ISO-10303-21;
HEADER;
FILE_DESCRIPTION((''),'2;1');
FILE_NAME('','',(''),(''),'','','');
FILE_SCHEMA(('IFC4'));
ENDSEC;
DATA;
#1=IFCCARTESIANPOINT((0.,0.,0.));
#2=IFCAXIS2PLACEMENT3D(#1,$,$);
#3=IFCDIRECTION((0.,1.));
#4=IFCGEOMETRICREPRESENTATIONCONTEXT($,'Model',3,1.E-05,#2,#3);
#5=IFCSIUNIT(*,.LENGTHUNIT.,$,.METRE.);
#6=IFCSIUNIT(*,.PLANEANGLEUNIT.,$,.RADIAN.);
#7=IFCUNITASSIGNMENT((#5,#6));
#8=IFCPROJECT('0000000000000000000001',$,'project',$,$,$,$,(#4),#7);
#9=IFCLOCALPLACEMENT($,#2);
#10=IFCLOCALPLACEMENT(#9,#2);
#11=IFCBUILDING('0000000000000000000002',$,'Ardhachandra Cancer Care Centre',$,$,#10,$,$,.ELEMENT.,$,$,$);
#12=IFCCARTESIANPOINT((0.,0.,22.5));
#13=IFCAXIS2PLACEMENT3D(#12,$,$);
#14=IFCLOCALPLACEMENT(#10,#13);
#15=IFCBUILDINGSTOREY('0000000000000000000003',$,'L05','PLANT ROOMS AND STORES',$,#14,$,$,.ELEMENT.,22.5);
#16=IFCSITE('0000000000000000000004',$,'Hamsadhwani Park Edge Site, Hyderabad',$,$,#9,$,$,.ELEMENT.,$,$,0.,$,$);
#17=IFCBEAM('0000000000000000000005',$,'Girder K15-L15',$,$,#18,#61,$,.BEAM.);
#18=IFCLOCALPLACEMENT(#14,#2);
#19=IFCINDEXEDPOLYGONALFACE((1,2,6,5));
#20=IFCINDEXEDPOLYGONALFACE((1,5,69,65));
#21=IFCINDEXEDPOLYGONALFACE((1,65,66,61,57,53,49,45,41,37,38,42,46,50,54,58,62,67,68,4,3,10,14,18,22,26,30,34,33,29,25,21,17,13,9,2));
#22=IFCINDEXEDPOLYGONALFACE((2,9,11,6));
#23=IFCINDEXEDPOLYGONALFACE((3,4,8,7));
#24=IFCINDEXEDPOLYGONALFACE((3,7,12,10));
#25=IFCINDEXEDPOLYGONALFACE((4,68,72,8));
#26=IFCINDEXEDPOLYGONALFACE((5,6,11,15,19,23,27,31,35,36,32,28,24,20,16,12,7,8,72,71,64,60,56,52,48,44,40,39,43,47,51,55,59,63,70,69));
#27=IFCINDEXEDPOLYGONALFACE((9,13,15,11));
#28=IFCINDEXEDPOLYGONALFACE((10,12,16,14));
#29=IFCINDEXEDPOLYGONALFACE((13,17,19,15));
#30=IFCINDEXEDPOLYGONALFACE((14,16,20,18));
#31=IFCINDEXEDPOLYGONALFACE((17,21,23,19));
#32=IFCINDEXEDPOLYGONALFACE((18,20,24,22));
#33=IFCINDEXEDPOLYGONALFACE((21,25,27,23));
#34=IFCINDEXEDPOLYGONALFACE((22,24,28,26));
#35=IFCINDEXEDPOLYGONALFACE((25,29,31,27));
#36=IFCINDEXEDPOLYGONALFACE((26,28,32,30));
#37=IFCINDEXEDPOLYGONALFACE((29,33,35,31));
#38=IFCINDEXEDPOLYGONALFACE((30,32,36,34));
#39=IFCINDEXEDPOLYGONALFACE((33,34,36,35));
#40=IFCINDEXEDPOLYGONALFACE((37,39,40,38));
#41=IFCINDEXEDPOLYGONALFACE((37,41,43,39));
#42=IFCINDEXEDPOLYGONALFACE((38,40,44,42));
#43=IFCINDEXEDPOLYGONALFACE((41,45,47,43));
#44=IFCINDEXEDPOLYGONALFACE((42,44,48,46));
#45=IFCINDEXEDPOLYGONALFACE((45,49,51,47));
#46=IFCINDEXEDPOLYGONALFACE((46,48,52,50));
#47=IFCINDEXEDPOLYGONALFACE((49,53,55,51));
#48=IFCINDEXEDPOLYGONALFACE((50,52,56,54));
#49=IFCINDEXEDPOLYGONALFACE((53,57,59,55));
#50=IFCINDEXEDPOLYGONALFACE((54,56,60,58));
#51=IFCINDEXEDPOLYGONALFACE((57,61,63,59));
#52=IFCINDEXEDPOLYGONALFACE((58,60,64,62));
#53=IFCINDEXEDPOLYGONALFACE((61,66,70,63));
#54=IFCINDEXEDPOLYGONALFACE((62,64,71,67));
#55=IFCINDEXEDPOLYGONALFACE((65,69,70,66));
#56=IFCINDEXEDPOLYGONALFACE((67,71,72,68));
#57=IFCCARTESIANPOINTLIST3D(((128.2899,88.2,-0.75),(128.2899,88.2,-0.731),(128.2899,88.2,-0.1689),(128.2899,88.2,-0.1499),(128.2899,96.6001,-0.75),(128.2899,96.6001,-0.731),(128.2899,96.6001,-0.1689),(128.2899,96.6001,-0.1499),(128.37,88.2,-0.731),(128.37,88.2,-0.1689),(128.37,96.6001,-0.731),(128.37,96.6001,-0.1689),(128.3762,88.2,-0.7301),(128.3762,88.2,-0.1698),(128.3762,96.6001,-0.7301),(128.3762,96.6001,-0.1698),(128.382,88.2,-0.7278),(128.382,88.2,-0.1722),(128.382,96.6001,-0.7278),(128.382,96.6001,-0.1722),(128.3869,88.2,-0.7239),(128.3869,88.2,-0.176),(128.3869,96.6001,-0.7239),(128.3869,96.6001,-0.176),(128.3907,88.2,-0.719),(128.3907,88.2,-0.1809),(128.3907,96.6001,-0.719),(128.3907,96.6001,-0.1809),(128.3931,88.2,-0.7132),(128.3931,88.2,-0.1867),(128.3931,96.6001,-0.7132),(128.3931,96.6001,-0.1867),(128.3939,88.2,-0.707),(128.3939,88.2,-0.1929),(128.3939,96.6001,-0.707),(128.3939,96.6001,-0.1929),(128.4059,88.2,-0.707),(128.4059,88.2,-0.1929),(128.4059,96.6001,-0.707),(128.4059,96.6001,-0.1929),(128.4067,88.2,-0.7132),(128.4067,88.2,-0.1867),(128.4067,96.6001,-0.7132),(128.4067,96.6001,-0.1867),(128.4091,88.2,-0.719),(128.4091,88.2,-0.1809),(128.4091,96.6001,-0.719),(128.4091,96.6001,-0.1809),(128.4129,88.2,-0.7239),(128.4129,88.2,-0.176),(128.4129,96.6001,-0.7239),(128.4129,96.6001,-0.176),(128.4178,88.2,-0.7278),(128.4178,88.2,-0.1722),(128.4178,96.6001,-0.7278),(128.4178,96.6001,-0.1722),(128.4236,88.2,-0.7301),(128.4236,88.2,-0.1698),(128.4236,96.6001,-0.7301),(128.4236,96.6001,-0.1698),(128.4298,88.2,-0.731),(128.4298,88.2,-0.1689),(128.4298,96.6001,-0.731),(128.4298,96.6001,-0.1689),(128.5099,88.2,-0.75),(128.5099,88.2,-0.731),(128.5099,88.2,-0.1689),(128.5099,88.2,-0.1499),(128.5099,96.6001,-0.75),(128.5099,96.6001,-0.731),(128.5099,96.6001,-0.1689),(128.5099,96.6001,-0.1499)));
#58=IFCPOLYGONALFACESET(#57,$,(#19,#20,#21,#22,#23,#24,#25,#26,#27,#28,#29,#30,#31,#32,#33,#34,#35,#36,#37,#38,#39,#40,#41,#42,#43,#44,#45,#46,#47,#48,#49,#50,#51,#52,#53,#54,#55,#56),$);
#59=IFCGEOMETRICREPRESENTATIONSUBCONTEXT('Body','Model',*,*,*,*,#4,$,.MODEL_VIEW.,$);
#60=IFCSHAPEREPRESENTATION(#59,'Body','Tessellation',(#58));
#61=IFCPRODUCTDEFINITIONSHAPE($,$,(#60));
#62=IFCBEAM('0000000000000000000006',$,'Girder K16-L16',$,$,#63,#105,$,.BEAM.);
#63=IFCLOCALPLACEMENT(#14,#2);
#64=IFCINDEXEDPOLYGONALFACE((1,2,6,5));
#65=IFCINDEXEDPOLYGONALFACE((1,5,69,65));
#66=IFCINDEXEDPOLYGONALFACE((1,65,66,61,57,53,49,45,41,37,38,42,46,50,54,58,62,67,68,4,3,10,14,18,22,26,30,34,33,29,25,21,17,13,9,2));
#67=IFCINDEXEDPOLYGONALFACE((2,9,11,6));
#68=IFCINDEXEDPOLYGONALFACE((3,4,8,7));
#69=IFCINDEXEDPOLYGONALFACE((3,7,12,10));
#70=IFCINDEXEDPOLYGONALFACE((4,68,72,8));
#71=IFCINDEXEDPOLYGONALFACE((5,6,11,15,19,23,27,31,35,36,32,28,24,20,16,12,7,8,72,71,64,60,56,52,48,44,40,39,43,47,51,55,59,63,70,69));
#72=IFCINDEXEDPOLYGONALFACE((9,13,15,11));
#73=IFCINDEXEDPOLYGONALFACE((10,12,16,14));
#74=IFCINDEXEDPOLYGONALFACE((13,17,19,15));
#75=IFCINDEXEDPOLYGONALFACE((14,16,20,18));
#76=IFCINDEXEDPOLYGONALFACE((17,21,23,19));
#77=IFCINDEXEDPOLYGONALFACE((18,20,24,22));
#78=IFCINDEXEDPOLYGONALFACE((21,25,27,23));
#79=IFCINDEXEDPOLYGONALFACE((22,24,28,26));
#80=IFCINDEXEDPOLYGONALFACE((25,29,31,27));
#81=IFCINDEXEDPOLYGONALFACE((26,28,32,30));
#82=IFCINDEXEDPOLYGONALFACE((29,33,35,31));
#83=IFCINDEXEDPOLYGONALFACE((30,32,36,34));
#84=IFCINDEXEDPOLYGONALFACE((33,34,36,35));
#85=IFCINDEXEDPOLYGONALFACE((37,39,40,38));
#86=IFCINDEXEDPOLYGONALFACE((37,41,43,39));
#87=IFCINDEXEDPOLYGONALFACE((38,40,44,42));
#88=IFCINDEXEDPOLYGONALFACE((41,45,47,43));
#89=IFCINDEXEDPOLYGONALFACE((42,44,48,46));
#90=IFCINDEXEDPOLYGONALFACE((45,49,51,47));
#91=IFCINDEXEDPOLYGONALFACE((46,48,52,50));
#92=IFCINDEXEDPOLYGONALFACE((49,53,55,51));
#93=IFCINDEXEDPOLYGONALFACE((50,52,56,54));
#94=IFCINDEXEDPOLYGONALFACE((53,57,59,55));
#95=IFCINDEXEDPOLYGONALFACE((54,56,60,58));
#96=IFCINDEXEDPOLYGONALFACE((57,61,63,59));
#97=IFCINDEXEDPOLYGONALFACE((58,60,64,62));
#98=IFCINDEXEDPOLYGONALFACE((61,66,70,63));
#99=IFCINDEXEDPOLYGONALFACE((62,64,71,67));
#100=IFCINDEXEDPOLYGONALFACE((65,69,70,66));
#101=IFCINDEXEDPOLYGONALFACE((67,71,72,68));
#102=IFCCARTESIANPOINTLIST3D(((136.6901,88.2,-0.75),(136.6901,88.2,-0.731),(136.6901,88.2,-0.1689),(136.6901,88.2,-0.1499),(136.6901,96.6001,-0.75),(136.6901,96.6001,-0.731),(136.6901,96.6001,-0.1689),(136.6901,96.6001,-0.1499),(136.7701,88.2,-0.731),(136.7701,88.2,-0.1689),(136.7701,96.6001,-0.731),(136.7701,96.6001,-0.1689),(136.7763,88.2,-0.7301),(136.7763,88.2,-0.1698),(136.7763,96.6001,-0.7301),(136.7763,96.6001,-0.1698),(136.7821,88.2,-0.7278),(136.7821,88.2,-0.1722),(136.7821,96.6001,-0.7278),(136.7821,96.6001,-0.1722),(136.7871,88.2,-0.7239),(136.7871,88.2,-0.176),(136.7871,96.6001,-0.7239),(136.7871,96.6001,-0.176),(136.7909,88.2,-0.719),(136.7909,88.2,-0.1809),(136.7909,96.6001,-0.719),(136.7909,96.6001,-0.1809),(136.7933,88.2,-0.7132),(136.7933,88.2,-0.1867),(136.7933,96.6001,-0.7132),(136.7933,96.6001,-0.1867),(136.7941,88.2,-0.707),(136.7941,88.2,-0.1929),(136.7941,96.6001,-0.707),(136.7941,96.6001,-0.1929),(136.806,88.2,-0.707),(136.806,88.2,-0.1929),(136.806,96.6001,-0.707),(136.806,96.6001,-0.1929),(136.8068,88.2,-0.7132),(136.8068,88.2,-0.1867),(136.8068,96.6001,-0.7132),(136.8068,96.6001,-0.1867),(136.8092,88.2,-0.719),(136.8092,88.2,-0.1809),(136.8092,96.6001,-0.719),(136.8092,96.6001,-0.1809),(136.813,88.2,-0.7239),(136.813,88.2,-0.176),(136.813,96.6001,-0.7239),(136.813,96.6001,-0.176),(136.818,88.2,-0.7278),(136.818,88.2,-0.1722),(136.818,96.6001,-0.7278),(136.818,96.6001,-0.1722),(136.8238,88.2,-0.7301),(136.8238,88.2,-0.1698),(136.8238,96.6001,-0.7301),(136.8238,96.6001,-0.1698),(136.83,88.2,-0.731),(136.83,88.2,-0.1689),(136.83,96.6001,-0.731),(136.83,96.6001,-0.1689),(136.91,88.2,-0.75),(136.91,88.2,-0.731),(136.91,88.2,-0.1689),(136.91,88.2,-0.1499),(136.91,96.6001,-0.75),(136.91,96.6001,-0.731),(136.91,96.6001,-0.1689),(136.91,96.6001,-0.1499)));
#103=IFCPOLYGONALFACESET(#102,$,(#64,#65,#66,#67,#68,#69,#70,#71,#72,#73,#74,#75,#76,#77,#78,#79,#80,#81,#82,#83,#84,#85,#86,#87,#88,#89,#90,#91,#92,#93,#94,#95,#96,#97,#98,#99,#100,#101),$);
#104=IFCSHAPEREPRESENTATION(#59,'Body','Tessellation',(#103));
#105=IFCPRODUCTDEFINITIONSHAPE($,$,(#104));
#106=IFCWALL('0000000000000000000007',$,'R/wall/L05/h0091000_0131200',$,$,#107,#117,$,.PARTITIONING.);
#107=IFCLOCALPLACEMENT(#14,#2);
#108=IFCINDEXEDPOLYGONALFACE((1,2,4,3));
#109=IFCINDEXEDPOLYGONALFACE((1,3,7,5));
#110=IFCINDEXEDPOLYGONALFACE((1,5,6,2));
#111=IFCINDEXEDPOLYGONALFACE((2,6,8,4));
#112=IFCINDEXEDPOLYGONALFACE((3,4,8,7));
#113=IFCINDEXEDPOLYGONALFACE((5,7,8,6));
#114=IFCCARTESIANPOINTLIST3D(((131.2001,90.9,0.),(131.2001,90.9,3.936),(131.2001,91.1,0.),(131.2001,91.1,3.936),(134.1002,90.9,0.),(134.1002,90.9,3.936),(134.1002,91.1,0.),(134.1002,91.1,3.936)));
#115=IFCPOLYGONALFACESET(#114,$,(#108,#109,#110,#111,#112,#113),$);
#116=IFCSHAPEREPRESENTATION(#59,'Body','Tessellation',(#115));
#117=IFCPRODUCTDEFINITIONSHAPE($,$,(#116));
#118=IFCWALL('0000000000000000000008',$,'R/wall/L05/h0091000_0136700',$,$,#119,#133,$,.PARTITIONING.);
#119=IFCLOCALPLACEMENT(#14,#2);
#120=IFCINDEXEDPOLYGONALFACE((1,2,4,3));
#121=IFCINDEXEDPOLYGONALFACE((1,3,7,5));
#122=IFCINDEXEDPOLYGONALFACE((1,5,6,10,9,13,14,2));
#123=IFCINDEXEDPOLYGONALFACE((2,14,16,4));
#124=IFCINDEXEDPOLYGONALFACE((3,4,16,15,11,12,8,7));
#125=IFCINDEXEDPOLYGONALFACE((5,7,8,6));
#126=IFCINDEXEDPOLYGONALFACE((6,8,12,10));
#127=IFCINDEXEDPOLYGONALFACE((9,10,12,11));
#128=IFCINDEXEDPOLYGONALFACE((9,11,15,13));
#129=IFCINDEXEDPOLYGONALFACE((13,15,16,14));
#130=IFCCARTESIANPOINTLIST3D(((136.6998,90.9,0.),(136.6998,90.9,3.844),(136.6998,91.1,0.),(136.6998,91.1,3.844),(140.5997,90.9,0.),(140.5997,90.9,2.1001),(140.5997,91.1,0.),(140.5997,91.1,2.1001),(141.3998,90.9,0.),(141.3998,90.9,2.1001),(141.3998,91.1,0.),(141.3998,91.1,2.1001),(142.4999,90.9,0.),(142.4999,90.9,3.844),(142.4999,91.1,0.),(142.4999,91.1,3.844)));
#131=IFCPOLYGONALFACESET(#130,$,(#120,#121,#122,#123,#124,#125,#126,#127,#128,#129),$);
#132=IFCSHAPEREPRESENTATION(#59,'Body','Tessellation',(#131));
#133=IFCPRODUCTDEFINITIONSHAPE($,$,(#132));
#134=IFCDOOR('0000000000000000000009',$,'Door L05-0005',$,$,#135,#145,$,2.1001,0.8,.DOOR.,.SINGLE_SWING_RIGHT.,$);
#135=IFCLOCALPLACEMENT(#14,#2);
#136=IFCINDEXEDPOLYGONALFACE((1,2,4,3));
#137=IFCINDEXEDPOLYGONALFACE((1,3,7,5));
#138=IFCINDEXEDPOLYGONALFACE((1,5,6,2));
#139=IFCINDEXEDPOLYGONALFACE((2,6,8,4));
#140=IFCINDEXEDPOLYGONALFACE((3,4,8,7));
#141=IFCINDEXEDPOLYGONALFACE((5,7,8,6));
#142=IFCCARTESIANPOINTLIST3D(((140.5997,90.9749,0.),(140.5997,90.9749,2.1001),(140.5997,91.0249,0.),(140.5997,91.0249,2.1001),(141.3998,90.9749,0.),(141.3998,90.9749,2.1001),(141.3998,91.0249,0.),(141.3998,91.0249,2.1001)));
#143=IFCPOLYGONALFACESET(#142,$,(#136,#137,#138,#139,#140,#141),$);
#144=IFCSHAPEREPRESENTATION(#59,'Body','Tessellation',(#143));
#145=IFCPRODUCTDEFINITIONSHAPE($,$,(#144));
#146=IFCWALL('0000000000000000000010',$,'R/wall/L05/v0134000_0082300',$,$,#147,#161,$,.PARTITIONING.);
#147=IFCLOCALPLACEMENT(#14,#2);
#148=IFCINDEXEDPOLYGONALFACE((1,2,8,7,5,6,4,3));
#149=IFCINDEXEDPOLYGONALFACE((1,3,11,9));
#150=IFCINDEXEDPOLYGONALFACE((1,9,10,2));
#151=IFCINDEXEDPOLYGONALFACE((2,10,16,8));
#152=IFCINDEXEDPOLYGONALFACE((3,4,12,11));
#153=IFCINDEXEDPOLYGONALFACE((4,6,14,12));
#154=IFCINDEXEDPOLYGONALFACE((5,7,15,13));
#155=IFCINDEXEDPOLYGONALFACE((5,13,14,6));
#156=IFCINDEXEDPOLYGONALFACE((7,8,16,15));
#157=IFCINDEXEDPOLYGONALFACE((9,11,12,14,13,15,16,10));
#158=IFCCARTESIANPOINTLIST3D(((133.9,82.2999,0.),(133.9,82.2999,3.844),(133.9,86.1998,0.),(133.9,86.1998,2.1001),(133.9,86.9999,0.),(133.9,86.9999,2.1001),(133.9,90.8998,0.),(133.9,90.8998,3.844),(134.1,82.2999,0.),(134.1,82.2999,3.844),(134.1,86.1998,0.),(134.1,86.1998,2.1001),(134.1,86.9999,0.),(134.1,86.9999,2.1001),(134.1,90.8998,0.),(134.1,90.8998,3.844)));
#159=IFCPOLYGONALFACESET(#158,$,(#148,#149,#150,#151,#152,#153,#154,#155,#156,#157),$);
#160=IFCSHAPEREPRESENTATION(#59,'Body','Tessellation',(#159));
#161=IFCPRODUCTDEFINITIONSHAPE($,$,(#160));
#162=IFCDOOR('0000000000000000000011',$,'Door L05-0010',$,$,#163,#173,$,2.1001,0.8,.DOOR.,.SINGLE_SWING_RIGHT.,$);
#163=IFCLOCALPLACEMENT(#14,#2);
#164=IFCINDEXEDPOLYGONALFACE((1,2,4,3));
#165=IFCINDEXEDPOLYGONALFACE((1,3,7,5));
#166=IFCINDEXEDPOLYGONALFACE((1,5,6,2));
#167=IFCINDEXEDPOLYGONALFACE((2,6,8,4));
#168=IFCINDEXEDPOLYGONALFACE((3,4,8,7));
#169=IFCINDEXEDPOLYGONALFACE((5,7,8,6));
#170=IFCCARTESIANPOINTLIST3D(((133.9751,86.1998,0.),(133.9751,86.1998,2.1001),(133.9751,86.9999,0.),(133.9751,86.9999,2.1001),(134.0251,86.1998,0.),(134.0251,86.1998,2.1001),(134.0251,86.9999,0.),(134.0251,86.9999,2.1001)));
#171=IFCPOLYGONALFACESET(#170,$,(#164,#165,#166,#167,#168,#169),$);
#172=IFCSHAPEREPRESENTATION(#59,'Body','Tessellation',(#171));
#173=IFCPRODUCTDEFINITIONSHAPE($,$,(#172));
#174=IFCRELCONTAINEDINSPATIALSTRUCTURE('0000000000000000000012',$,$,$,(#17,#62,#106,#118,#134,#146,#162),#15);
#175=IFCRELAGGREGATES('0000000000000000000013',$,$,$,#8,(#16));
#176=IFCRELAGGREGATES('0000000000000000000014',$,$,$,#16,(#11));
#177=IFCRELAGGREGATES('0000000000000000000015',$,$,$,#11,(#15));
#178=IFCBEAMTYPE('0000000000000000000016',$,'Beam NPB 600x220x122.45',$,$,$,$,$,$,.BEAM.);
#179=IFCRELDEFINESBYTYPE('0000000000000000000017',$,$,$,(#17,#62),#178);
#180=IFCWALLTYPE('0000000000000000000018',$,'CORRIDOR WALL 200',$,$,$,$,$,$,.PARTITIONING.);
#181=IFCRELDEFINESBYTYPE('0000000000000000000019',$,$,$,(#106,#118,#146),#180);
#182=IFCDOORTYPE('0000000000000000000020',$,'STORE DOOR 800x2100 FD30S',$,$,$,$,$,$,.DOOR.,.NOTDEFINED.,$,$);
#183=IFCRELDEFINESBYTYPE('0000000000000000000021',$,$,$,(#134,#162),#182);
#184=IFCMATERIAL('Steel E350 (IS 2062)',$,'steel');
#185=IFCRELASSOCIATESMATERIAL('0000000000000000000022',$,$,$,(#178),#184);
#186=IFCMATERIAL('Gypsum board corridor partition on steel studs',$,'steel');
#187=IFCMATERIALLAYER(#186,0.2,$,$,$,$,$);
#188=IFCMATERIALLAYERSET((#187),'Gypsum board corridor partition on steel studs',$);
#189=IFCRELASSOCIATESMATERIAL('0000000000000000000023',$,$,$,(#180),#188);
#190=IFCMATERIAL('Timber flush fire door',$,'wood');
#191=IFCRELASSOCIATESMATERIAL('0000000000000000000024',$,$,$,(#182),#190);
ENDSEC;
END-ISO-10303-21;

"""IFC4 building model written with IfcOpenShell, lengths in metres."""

from ifc_helpers import new_model, si_unit, direction, frame, frame_2d, origin, origin_2d, place, context, subcontext, project, spatial, rectangle, i_section, extrude, material, layer, layer_set, material_profile, profile_set, type_object, element, fill, save


model = new_model("IFC4")

# Units and contexts
model_context = context("Model", 3, precision=1e-05, world=origin(), true_north=direction((0.0, 1.0)))
body_context = subcontext(model_context, "Body", "Model", "MODEL_VIEW")
ifc_project = project(units=[si_unit("LENGTHUNIT", "METRE"), si_unit("PLANEANGLEUNIT", "RADIAN")], contexts=[model_context])

# Site, building, storey
site_placement = place(None, origin())
site = spatial("IfcSite", under=ifc_project, at=site_placement, Name="Hamsadhwani Park Edge Site, Hyderabad", CompositionType="ELEMENT", RefElevation=0.0)
building_placement = place(site_placement, origin())
building = spatial("IfcBuilding", under=site, at=building_placement, Name="Ardhachandra Cancer Care Centre", CompositionType="ELEMENT")
storey_placement = place(building_placement, frame((0.0, 0.0, 22.5)))
storey = spatial("IfcBuildingStorey", under=building, at=storey_placement, Name="L05", Description="PLANT ROOMS AND STORES", CompositionType="ELEMENT", Elevation=22.5)

# Beams
ifc_material_1 = material(Name="Steel E350 (IS 2062)", Category="steel")
ifc_material_profile_1 = material_profile(ifc_material_1, i_section(OverallWidth=0.22, OverallDepth=0.6001, WebThickness=0.012, FlangeThickness=0.019, FilletRadius=0.0239, at=origin_2d()), Name="NPB 600x220x122.45")
ifc_profile_set_1 = profile_set([ifc_material_profile_1], Name="Steel E350 (IS 2062)")
beam_type_1 = type_object("IfcBeamType", Name="Beam NPB 600x220x122.45", PredefinedType="BEAM", material=ifc_profile_set_1)
for number, where, z_axis, x_axis, name in (
    (1, (128.3999, 88.2, -0.45), (0.0, 1.0, 0.0), (-1.0, 0.0, 0.0), "Girder K15-L15"),
    (2, (136.8, 88.2, -0.45), (0.0, 1.0, 0.0), (-1.0, 0.0, 0.0), "Girder K16-L16"),
):
    element("IfcBeam", number, at=place(storey_placement, frame(where, z_axis=z_axis, x_axis=x_axis)), inside=storey, type_object=beam_type_1, Name=name, PredefinedType="BEAM", context=body_context, shape_type="SweptSolid", body=[
        extrude(i_section(OverallWidth=0.22, OverallDepth=0.6001, WebThickness=0.012, FlangeThickness=0.019, FilletRadius=0.0239, at=origin_2d()), origin(), (0.0, 0.0, 1.0), 8.4001),
    ])

# Wall
ifc_material_2 = material(Name="Gypsum board corridor partition on steel studs", Category="steel")
ifc_layer_1 = layer(ifc_material_2, 0.2)
ifc_layer_set_1 = layer_set([ifc_layer_1], Name="Gypsum board corridor partition on steel studs")
wall_type_1 = type_object("IfcWallType", Name="CORRIDOR WALL 200", PredefinedType="PARTITIONING", material=ifc_layer_set_1)
wall_1_placement = place(storey_placement, frame((131.2, 91.0, 0.0), z_axis=(0.0, 0.0, 1.0), x_axis=(1.0, 0.0, 0.0)))
element("IfcWall", 3, at=wall_1_placement, inside=storey, type_object=wall_type_1, Name="R/wall/L05/h0091000_0131200", PredefinedType="PARTITIONING", context=body_context, shape_type="SweptSolid", body=[
    extrude(rectangle(XDim=2.9001, YDim=0.2, at=frame_2d((1.4502, 0.0))), origin(), (0.0, 0.0, 1.0), 3.936),
])

# Walls, openings, doors
wall_2_placement = place(storey_placement, frame((136.7, 91.0, 0.0), z_axis=(0.0, 0.0, 1.0), x_axis=(1.0, 0.0, 0.0)))
wall_2 = element("IfcWall", 4, at=wall_2_placement, inside=storey, type_object=wall_type_1, Name="R/wall/L05/h0091000_0136700", PredefinedType="PARTITIONING", context=body_context, shape_type="SweptSolid", body=[
    extrude(rectangle(XDim=5.8, YDim=0.2, at=frame_2d((2.8999, 0.0))), origin(), (0.0, 0.0, 1.0), 3.844),
])
opening_1_placement = place(wall_2_placement, frame((3.8999, 0.0, 0.0)))
opening_1 = element("IfcOpeningElement", 5, at=opening_1_placement, cuts=wall_2, PredefinedType="OPENING", context=body_context, shape_type="SweptSolid", body=[
    extrude(rectangle(XDim=0.8, YDim=2.1001, at=frame_2d((0.3999, 1.05))), frame((0.0, 0.1099, 0.0), z_axis=(0.0, -1.0, 0.0), x_axis=(1.0, 0.0, 0.0)), (0.0, 0.0, 1.0), 0.22),
])
ifc_material_3 = material(Name="Timber flush fire door", Category="wood")
door_type_1 = type_object("IfcDoorType", Name="STORE DOOR 800x2100 FD30S", OperationType="NOTDEFINED", PredefinedType="DOOR", material=ifc_material_3)
door_1_placement = place(opening_1_placement, origin())
door_1 = element("IfcDoor", 6, at=door_1_placement, inside=storey, type_object=door_type_1, Name="Door L05-0005", OperationType="SINGLE_SWING_RIGHT", OverallHeight=2.1001, OverallWidth=0.8, PredefinedType="DOOR", context=body_context, shape_type="SweptSolid", body=[
    extrude(rectangle(XDim=0.8, YDim=2.1001, at=frame_2d((0.3999, 1.05))), frame((0.0, 0.0249, 0.0), z_axis=(0.0, -1.0, 0.0), x_axis=(1.0, 0.0, 0.0)), (0.0, 0.0, 1.0), 0.05),
])
fill(opening_1, door_1)
wall_3_placement = place(storey_placement, frame((134.0, 82.3, 0.0), z_axis=(0.0, 0.0, 1.0), x_axis=(0.0, 1.0, 0.0)))
wall_3 = element("IfcWall", 7, at=wall_3_placement, inside=storey, type_object=wall_type_1, Name="R/wall/L05/v0134000_0082300", PredefinedType="PARTITIONING", context=body_context, shape_type="SweptSolid", body=[
    extrude(rectangle(XDim=8.5999, YDim=0.2, at=frame_2d((4.2998, 0.0))), origin(), (0.0, 0.0, 1.0), 3.844),
])
opening_2_placement = place(wall_3_placement, frame((3.8999, 0.0, 0.0)))
opening_2 = element("IfcOpeningElement", 8, at=opening_2_placement, cuts=wall_3, PredefinedType="OPENING", context=body_context, shape_type="SweptSolid", body=[
    extrude(rectangle(XDim=0.8, YDim=2.1001, at=frame_2d((0.3999, 1.05))), frame((0.0, 0.1099, 0.0), z_axis=(0.0, -1.0, 0.0), x_axis=(1.0, 0.0, 0.0)), (0.0, 0.0, 1.0), 0.22),
])
door_2_placement = place(opening_2_placement, origin())
door_2 = element("IfcDoor", 9, at=door_2_placement, inside=storey, type_object=door_type_1, Name="Door L05-0010", OperationType="SINGLE_SWING_RIGHT", OverallHeight=2.1001, OverallWidth=0.8, PredefinedType="DOOR", context=body_context, shape_type="SweptSolid", body=[
    extrude(rectangle(XDim=0.8, YDim=2.1001, at=frame_2d((0.3999, 1.05))), frame((0.0, 0.0249, 0.0), z_axis=(0.0, -1.0, 0.0), x_axis=(1.0, 0.0, 0.0)), (0.0, 0.0, 1.0), 0.05),
])
fill(opening_2, door_2)

save(model, "model.ifc")
